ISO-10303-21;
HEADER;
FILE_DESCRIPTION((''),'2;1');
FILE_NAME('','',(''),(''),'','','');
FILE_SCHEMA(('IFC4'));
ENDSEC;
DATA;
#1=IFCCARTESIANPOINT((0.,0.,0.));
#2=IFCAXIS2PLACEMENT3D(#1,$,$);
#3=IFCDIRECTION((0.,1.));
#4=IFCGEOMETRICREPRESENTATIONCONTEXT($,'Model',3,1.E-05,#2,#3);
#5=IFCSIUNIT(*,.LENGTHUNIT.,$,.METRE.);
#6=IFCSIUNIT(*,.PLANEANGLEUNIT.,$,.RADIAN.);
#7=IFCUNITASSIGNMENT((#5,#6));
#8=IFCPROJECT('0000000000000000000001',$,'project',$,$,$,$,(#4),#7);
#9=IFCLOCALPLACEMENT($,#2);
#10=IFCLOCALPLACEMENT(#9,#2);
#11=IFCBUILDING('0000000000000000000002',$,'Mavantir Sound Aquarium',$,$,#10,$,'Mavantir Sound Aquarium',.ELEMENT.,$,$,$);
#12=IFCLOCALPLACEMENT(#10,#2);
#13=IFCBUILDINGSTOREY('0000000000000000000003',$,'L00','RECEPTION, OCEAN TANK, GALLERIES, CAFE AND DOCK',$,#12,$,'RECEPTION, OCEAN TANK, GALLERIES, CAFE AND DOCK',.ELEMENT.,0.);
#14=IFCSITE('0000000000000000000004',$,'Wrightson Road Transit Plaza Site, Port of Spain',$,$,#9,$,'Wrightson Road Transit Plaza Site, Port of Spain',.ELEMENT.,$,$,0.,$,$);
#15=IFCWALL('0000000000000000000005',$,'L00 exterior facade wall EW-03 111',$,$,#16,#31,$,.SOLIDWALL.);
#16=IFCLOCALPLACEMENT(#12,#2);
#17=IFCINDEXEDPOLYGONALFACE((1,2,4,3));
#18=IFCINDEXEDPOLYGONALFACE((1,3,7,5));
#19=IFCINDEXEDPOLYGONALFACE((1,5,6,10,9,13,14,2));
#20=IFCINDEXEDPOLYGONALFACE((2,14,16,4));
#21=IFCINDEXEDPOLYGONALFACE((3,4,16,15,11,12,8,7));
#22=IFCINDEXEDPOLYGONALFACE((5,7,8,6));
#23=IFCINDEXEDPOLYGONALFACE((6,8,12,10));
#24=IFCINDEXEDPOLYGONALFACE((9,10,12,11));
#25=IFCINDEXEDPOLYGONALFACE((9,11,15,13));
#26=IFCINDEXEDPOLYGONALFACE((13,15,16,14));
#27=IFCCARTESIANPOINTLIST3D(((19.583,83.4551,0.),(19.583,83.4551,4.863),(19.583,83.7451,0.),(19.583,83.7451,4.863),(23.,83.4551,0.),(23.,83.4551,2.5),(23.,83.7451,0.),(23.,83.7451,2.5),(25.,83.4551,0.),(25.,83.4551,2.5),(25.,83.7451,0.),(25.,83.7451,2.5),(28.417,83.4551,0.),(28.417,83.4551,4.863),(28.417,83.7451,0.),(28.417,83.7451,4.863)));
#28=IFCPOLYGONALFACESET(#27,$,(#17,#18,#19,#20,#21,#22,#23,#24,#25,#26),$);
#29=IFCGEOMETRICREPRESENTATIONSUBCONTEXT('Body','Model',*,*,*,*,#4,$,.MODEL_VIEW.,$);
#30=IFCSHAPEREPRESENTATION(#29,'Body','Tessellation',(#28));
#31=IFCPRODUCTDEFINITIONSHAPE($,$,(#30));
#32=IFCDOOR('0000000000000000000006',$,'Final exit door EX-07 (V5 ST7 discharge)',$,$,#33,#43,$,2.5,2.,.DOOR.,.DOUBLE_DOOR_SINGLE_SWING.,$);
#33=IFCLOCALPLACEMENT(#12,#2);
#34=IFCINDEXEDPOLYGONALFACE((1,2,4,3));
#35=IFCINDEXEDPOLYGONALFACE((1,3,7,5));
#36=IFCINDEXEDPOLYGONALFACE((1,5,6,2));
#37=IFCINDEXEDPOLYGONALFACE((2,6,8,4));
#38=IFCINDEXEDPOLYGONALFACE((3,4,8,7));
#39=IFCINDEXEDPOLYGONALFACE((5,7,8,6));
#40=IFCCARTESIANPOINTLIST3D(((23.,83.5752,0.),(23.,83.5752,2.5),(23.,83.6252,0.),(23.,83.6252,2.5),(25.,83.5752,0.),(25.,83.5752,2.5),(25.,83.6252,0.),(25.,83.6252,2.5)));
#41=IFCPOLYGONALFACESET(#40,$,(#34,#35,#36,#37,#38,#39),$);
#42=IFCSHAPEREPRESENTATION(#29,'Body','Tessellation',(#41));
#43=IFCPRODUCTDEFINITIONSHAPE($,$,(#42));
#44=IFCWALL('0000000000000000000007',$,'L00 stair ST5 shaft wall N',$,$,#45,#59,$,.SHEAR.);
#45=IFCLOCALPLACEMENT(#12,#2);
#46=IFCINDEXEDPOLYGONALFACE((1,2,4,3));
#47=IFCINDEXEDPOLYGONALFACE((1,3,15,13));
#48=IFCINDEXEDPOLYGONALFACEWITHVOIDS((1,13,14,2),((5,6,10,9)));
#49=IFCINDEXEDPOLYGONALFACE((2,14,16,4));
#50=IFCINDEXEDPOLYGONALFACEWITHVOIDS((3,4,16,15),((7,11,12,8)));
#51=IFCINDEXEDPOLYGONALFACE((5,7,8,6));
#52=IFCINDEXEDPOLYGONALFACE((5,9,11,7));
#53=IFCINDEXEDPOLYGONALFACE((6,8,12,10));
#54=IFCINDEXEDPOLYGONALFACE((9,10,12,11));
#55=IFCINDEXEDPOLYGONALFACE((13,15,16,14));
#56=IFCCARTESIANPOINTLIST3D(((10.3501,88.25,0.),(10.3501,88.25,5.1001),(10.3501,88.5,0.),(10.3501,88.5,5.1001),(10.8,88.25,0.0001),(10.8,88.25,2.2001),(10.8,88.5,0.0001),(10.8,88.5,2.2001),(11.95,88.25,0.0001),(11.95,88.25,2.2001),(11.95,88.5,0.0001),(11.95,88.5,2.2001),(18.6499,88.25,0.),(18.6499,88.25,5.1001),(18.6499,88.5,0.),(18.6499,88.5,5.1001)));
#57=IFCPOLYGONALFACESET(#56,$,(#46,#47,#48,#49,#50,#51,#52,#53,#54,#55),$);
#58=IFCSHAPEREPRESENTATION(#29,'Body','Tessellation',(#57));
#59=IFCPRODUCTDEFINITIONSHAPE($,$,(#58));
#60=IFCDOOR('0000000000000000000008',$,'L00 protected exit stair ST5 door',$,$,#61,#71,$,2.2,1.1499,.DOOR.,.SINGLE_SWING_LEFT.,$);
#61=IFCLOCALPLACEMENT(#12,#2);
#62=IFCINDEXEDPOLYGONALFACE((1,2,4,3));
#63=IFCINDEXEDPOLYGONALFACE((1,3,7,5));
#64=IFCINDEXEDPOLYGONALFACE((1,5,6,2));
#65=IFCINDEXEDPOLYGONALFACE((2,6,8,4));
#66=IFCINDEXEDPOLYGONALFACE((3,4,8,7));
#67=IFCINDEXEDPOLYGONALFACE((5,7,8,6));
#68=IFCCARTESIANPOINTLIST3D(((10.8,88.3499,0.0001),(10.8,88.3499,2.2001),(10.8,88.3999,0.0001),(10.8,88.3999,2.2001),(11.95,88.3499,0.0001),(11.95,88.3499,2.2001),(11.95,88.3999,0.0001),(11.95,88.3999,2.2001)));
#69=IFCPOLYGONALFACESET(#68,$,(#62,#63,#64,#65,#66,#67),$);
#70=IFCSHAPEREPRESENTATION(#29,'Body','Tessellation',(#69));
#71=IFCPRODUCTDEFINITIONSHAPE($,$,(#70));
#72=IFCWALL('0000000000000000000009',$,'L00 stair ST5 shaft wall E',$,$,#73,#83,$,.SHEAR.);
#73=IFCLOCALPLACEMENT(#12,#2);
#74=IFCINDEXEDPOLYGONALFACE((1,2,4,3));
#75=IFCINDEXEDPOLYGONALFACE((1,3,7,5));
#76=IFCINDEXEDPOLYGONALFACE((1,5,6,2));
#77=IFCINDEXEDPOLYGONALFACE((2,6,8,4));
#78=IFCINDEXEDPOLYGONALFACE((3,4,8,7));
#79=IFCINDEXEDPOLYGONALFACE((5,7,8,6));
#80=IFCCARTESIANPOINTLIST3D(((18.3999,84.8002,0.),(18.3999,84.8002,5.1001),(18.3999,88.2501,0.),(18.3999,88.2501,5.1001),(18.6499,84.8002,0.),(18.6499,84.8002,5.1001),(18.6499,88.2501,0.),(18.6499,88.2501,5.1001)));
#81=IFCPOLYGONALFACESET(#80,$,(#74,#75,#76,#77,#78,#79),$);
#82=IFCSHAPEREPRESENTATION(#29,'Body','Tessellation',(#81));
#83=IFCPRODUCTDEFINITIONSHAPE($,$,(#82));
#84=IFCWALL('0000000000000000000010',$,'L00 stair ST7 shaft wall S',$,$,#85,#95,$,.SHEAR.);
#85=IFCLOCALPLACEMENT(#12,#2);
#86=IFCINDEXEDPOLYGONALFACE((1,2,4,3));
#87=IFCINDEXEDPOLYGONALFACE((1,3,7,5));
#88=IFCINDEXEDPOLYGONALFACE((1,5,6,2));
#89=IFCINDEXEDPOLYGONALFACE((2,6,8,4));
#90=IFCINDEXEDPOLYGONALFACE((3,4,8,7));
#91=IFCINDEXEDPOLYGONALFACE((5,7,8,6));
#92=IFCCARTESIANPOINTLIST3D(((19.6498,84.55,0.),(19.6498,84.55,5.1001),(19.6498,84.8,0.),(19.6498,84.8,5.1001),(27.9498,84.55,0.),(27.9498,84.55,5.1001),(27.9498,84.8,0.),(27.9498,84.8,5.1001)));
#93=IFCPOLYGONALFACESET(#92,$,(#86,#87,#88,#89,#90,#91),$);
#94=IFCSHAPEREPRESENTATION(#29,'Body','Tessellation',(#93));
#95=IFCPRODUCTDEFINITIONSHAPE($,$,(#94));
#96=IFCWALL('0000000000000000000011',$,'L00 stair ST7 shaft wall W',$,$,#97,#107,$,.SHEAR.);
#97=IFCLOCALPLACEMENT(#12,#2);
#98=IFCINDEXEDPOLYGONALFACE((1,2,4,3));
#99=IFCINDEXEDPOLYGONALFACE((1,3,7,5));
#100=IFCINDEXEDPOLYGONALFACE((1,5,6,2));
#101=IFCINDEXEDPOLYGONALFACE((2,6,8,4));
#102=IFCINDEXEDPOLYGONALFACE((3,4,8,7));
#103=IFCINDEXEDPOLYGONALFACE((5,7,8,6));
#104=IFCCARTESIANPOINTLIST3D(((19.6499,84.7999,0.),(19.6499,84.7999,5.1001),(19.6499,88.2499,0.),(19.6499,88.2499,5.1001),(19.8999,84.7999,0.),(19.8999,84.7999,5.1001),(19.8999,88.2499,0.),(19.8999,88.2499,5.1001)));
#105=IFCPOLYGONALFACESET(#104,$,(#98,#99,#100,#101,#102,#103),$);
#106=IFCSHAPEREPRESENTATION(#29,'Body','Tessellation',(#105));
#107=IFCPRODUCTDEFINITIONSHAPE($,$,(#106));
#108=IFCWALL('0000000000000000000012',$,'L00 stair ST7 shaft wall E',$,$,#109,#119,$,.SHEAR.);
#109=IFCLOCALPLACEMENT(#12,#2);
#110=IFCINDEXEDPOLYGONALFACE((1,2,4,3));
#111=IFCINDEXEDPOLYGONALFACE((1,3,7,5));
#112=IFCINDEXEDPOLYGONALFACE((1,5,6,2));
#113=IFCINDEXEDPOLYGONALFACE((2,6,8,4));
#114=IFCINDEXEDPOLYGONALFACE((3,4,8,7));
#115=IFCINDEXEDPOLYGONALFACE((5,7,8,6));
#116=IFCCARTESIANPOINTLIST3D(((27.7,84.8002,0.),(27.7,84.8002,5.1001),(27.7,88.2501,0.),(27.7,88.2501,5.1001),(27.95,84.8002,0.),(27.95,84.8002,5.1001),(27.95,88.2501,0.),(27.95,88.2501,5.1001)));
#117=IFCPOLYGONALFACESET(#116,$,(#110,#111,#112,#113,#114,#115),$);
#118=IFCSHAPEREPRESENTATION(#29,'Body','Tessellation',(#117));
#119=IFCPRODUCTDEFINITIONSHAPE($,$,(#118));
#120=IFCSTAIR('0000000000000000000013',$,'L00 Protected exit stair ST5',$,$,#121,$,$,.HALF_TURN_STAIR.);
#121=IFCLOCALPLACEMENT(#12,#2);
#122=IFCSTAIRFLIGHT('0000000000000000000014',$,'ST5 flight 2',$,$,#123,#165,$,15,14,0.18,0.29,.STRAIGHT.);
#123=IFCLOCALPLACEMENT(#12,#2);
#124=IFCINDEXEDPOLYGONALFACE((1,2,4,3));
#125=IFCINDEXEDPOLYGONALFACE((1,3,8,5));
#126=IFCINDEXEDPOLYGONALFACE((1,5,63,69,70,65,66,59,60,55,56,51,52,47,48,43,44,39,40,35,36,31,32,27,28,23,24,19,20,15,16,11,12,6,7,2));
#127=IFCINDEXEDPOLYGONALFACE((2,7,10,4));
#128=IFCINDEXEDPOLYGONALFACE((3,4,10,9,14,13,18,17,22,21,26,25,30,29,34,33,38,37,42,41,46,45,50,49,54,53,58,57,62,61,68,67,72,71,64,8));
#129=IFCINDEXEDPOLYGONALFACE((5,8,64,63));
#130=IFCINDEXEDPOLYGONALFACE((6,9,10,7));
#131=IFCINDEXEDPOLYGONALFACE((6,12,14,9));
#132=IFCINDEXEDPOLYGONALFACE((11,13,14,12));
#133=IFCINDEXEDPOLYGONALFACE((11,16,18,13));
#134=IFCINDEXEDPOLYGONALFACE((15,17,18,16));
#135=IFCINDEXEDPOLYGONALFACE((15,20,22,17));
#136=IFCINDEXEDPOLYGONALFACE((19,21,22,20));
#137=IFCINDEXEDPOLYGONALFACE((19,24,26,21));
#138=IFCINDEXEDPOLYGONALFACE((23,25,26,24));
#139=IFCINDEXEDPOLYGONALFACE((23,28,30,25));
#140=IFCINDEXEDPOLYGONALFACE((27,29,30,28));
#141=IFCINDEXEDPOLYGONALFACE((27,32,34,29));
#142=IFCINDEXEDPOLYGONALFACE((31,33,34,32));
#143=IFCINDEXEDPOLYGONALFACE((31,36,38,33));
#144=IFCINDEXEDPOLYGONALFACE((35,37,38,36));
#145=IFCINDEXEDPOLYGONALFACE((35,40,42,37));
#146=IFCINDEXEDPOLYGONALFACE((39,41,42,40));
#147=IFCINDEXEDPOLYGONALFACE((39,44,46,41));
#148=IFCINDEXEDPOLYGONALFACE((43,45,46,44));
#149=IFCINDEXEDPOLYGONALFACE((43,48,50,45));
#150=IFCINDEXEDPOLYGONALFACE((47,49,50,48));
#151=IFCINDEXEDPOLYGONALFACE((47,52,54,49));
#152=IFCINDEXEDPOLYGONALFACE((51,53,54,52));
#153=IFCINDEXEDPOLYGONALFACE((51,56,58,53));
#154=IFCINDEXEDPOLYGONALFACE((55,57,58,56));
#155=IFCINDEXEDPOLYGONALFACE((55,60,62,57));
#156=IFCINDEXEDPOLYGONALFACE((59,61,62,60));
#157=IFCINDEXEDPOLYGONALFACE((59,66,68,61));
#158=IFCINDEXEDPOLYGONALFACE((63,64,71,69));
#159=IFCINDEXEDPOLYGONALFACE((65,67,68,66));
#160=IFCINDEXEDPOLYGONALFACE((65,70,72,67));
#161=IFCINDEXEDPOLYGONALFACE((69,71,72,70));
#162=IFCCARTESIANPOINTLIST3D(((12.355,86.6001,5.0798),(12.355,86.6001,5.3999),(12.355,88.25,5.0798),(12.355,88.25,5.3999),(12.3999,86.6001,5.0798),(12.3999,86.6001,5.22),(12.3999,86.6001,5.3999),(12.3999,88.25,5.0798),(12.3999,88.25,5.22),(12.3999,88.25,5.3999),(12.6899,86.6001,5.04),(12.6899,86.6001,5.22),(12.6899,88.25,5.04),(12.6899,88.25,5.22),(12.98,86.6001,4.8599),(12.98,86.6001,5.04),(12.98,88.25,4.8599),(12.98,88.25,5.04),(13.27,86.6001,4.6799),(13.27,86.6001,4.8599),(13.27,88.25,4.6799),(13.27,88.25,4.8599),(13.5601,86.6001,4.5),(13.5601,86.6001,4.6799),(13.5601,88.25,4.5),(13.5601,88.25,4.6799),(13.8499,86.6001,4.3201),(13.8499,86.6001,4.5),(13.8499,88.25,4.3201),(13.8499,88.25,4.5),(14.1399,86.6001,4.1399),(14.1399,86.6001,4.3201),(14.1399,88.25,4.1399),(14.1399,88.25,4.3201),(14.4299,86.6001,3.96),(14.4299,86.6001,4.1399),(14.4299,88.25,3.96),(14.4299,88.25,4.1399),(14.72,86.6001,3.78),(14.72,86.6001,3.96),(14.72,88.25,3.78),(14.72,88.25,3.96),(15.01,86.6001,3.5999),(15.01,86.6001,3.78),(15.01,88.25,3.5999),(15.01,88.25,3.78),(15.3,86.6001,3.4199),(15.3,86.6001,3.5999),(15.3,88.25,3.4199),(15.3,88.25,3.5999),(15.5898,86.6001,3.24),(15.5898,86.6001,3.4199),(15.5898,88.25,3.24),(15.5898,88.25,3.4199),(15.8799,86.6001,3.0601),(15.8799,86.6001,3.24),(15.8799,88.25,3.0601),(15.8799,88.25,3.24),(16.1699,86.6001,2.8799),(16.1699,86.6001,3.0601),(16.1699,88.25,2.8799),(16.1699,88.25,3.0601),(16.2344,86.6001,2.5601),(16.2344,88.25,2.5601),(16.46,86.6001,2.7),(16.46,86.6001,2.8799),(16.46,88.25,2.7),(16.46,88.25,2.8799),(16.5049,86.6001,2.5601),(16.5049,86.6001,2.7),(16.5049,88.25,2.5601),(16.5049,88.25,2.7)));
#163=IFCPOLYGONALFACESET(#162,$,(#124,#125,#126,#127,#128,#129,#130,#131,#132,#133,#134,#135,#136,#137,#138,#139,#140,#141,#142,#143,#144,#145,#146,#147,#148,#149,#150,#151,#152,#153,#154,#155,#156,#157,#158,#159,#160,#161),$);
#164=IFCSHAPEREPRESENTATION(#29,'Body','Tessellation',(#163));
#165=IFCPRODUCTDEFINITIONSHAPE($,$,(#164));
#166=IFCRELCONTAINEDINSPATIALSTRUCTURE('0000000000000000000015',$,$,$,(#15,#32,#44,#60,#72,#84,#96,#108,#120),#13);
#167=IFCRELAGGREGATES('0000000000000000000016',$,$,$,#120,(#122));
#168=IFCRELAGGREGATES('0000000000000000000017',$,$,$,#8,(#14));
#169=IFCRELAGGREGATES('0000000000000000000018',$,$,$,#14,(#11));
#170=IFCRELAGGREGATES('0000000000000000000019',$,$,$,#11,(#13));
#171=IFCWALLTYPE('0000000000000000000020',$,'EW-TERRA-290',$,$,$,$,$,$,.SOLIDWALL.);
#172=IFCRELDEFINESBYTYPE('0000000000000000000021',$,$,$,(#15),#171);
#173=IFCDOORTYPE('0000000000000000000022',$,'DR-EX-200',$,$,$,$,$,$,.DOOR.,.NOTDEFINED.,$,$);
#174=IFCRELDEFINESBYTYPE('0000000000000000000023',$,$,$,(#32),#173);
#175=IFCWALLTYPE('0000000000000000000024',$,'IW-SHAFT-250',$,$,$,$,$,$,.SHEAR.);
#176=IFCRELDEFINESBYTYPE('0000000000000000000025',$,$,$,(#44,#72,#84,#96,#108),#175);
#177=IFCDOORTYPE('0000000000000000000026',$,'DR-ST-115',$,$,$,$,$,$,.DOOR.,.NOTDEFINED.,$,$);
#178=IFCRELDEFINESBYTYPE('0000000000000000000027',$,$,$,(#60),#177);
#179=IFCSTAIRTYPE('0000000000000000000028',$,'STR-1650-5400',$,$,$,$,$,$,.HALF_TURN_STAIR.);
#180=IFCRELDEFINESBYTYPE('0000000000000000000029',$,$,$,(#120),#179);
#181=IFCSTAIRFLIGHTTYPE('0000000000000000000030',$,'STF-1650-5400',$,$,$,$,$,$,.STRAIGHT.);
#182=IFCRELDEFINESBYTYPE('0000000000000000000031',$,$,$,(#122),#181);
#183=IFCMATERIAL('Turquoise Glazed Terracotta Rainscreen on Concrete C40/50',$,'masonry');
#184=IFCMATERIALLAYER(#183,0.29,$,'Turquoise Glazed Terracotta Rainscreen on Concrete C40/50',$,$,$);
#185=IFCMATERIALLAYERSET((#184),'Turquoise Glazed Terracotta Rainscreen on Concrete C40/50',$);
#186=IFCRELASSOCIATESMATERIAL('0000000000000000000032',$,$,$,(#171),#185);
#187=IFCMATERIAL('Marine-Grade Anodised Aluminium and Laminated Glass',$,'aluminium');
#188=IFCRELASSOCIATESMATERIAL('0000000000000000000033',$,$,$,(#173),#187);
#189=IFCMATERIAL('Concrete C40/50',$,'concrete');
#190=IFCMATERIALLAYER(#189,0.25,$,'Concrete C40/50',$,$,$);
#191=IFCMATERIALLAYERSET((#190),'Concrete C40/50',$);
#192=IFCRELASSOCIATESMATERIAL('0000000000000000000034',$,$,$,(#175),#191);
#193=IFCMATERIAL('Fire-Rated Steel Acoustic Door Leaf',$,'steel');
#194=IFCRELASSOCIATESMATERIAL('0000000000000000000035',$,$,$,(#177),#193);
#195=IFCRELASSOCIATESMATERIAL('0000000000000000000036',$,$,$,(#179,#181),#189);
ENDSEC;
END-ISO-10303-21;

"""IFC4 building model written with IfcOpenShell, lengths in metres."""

from ifc_helpers import new_model, si_unit, direction, frame, frame_2d, origin, place, context, subcontext, project, spatial, polyline, rectangle, outline, extrude, material, layer, layer_set, type_object, element, fill, aggregate, save


model = new_model("IFC4")

# Units and contexts
model_context = context("Model", 3, precision=1e-05, world=origin(), true_north=direction((0.0, 1.0)))
body_context = subcontext(model_context, "Body", "Model", "MODEL_VIEW")
ifc_project = project(units=[si_unit("LENGTHUNIT", "METRE"), si_unit("PLANEANGLEUNIT", "RADIAN")], contexts=[model_context])

# Site, building, storey
site_placement = place(None, origin())
site = spatial("IfcSite", under=ifc_project, at=site_placement, Name="Wrightson Road Transit Plaza Site, Port of Spain", LongName="Wrightson Road Transit Plaza Site, Port of Spain", CompositionType="ELEMENT", RefElevation=0.0)
building_placement = place(site_placement, origin())
building = spatial("IfcBuilding", under=site, at=building_placement, Name="Mavantir Sound Aquarium", LongName="Mavantir Sound Aquarium", CompositionType="ELEMENT")
storey_placement = place(building_placement, origin())
storey = spatial("IfcBuildingStorey", under=building, at=storey_placement, Name="L00", Description="RECEPTION, OCEAN TANK, GALLERIES, CAFE AND DOCK", LongName="RECEPTION, OCEAN TANK, GALLERIES, CAFE AND DOCK", CompositionType="ELEMENT", Elevation=0.0)

# Walls, openings, doors
ifc_material_1 = material(Name="Turquoise Glazed Terracotta Rainscreen on Concrete C40/50", Category="masonry")
ifc_layer_1 = layer(ifc_material_1, 0.29, Name="Turquoise Glazed Terracotta Rainscreen on Concrete C40/50")
ifc_layer_set_1 = layer_set([ifc_layer_1], Name="Turquoise Glazed Terracotta Rainscreen on Concrete C40/50")
wall_type_1 = type_object("IfcWallType", Name="EW-TERRA-290", PredefinedType="SOLIDWALL", material=ifc_layer_set_1)
wall_1_placement = place(storey_placement, frame((19.583, 83.6001, 0.0), z_axis=(0.0, 0.0, 1.0), x_axis=(1.0, 0.0, 0.0)))
wall_1 = element("IfcWall", 1, at=wall_1_placement, inside=storey, type_object=wall_type_1, Name="L00 exterior facade wall EW-03 111", PredefinedType="SOLIDWALL", context=body_context, shape_type="SweptSolid", body=[
    extrude(rectangle(XDim=8.834, YDim=0.29, at=frame_2d((4.417, 0.0))), origin(), (0.0, 0.0, 1.0), 4.863),
])
opening_1_placement = place(wall_1_placement, frame((5.417, 0.0, 0.0), z_axis=(0.0, 0.0, 1.0), x_axis=(-1.0, 0.0, 0.0)))
opening_1 = element("IfcOpeningElement", 2, at=opening_1_placement, cuts=wall_1, PredefinedType="OPENING", context=body_context, shape_type="SweptSolid", body=[
    extrude(rectangle(XDim=2.0, YDim=2.5, at=frame_2d((1.0, 1.25))), frame((0.0, 0.155, 0.0), z_axis=(0.0, -1.0, 0.0), x_axis=(1.0, 0.0, 0.0)), (0.0, 0.0, 1.0), 0.3101),
])
ifc_material_2 = material(Name="Marine-Grade Anodised Aluminium and Laminated Glass", Category="aluminium")
door_type_1 = type_object("IfcDoorType", Name="DR-EX-200", OperationType="NOTDEFINED", PredefinedType="DOOR", material=ifc_material_2)
door_1_placement = place(opening_1_placement, origin())
door_1 = element("IfcDoor", 3, at=door_1_placement, inside=storey, type_object=door_type_1, Name="Final exit door EX-07 (V5 ST7 discharge)", OperationType="DOUBLE_DOOR_SINGLE_SWING", OverallHeight=2.5, OverallWidth=2.0, PredefinedType="DOOR", context=body_context, shape_type="SweptSolid", body=[
    extrude(rectangle(XDim=2.0, YDim=2.5, at=frame_2d((1.0, 1.25))), frame((0.0, 0.0249, 0.0), z_axis=(0.0, -1.0, 0.0), x_axis=(1.0, 0.0, 0.0)), (0.0, 0.0, 1.0), 0.05),
])
fill(opening_1, door_1)
ifc_material_3 = material(Name="Concrete C40/50", Category="concrete")
ifc_layer_2 = layer(ifc_material_3, 0.25, Name="Concrete C40/50")
ifc_layer_set_2 = layer_set([ifc_layer_2], Name="Concrete C40/50")
wall_type_2 = type_object("IfcWallType", Name="IW-SHAFT-250", PredefinedType="SHEAR", material=ifc_layer_set_2)
wall_2_placement = place(storey_placement, frame((18.6499, 88.375, 0.0), z_axis=(0.0, 0.0, 1.0), x_axis=(-1.0, 0.0, 0.0)))
wall_2 = element("IfcWall", 4, at=wall_2_placement, inside=storey, type_object=wall_type_2, Name="L00 stair ST5 shaft wall N", PredefinedType="SHEAR", context=body_context, shape_type="SweptSolid", body=[
    extrude(rectangle(XDim=8.2998, YDim=0.25, at=frame_2d((4.1499, 0.0))), origin(), (0.0, 0.0, 1.0), 5.1001),
])
opening_2_placement = place(wall_2_placement, frame((7.8499, 0.0, 0.0), z_axis=(0.0, 0.0, 1.0), x_axis=(-1.0, 0.0, 0.0)))
opening_2 = element("IfcOpeningElement", 5, at=opening_2_placement, cuts=wall_2, PredefinedType="OPENING", context=body_context, shape_type="SweptSolid", body=[
    extrude(rectangle(XDim=1.1499, YDim=2.2, at=frame_2d((0.575, 1.1001))), frame((0.0, 0.135, 0.0), z_axis=(0.0, -1.0, 0.0), x_axis=(1.0, 0.0, 0.0)), (0.0, 0.0, 1.0), 0.27),
])
ifc_material_4 = material(Name="Fire-Rated Steel Acoustic Door Leaf", Category="steel")
door_type_2 = type_object("IfcDoorType", Name="DR-ST-115", OperationType="NOTDEFINED", PredefinedType="DOOR", material=ifc_material_4)
door_2_placement = place(opening_2_placement, origin())
door_2 = element("IfcDoor", 6, at=door_2_placement, inside=storey, type_object=door_type_2, Name="L00 protected exit stair ST5 door", OperationType="SINGLE_SWING_LEFT", OverallHeight=2.2, OverallWidth=1.1499, PredefinedType="DOOR", context=body_context, shape_type="SweptSolid", body=[
    extrude(rectangle(XDim=1.1499, YDim=2.2, at=frame_2d((0.575, 1.1001))), frame((0.0, 0.0249, 0.0), z_axis=(0.0, -1.0, 0.0), x_axis=(1.0, 0.0, 0.0)), (0.0, 0.0, 1.0), 0.05),
])
fill(opening_2, door_2)

# Walls
wall_3_placement = place(storey_placement, frame((18.5249, 84.8, 0.0), z_axis=(0.0, 0.0, 1.0), x_axis=(0.0, 1.0, 0.0)))
element("IfcWall", 7, at=wall_3_placement, inside=storey, type_object=wall_type_2, Name="L00 stair ST5 shaft wall E", PredefinedType="SHEAR", context=body_context, shape_type="SweptSolid", body=[
    extrude(rectangle(XDim=3.45, YDim=0.25, at=frame_2d((1.7251, 0.0))), origin(), (0.0, 0.0, 1.0), 5.1001),
])
wall_4_placement = place(storey_placement, frame((19.6499, 84.675, 0.0), z_axis=(0.0, 0.0, 1.0), x_axis=(1.0, 0.0, 0.0)))
element("IfcWall", 8, at=wall_4_placement, inside=storey, type_object=wall_type_2, Name="L00 stair ST7 shaft wall S", PredefinedType="SHEAR", context=body_context, shape_type="SweptSolid", body=[
    extrude(rectangle(XDim=8.3, YDim=0.25, at=frame_2d((4.1499, 0.0))), origin(), (0.0, 0.0, 1.0), 5.1001),
])
for number, where, z_axis, x_axis, name in (
    (9, (19.7749, 88.25, 0.0), (0.0, 0.0, 1.0), (0.0, -1.0, 0.0), "L00 stair ST7 shaft wall W"),
    (10, (27.825, 84.8, 0.0), (0.0, 0.0, 1.0), (0.0, 1.0, 0.0), "L00 stair ST7 shaft wall E"),
):
    element("IfcWall", number, at=place(storey_placement, frame(where, z_axis=z_axis, x_axis=x_axis)), inside=storey, type_object=wall_type_2, Name=name, PredefinedType="SHEAR", context=body_context, shape_type="SweptSolid", body=[
        extrude(rectangle(XDim=3.45, YDim=0.25, at=frame_2d((1.7251, 0.0))), origin(), (0.0, 0.0, 1.0), 5.1001),
    ])

# Stair, stair flight
stair_type = type_object("IfcStairType", Name="STR-1650-5400", PredefinedType="HALF_TURN_STAIR", material=ifc_material_3)
stair_1_placement = place(storey_placement, origin())
stair_1 = element("IfcStair", 11, at=stair_1_placement, inside=storey, type_object=stair_type, Name="L00 Protected exit stair ST5", PredefinedType="HALF_TURN_STAIR")
stair_flight_type = type_object("IfcStairFlightType", Name="STF-1650-5400", PredefinedType="STRAIGHT", material=ifc_material_3)
stair_flight_1_placement = place(storey_placement, frame((16.46, 87.425, 2.7), z_axis=(0.0, 0.0, 1.0), x_axis=(-1.0, 0.0, 0.0)))
stair_flight_1 = element("IfcStairFlight", 12, at=stair_flight_1_placement, type_object=stair_flight_type, Name="ST5 flight 2", NumberOfRisers=15, NumberOfTreads=14, PredefinedType="STRAIGHT", RiserHeight=0.18, TreadLength=0.29, context=body_context, shape_type="SweptSolid", body=[
    extrude(outline(polyline([(-0.0449, -0.1399), (-0.0449, 0.0), (0.0, 0.0), (0.0, 0.1799), (0.29, 0.1799), (0.29, 0.3601), (0.5801, 0.3601), (0.5801, 0.54), (0.8701, 0.54), (0.8701, 0.72), (1.1599, 0.72), (1.1599, 0.8999), (1.45, 0.8999), (1.45, 1.0801), (1.74, 1.0801), (1.74, 1.26), (2.03, 1.26), (2.03, 1.4399), (2.3201, 1.4399), (2.3201, 1.6201), (2.6101, 1.6201), (2.6101, 1.8), (2.8999, 1.8), (2.8999, 1.98), (3.1899, 1.98), (3.1899, 2.1599), (3.48, 2.1599), (3.48, 2.3401), (3.77, 2.3401), (3.77, 2.52), (4.0601, 2.52), (4.0601, 2.7), (4.105, 2.7), (4.105, 2.3799), (4.0601, 2.3799), (0.2256, -0.1399), (-0.0449, -0.1399)])), frame((0.0, 0.825, 0.0), z_axis=(0.0, -1.0, 0.0), x_axis=(1.0, 0.0, 0.0)), (0.0, 0.0, 1.0), 1.6499),
])
aggregate(stair_1, [stair_flight_1])

save(model, "model.ifc")
